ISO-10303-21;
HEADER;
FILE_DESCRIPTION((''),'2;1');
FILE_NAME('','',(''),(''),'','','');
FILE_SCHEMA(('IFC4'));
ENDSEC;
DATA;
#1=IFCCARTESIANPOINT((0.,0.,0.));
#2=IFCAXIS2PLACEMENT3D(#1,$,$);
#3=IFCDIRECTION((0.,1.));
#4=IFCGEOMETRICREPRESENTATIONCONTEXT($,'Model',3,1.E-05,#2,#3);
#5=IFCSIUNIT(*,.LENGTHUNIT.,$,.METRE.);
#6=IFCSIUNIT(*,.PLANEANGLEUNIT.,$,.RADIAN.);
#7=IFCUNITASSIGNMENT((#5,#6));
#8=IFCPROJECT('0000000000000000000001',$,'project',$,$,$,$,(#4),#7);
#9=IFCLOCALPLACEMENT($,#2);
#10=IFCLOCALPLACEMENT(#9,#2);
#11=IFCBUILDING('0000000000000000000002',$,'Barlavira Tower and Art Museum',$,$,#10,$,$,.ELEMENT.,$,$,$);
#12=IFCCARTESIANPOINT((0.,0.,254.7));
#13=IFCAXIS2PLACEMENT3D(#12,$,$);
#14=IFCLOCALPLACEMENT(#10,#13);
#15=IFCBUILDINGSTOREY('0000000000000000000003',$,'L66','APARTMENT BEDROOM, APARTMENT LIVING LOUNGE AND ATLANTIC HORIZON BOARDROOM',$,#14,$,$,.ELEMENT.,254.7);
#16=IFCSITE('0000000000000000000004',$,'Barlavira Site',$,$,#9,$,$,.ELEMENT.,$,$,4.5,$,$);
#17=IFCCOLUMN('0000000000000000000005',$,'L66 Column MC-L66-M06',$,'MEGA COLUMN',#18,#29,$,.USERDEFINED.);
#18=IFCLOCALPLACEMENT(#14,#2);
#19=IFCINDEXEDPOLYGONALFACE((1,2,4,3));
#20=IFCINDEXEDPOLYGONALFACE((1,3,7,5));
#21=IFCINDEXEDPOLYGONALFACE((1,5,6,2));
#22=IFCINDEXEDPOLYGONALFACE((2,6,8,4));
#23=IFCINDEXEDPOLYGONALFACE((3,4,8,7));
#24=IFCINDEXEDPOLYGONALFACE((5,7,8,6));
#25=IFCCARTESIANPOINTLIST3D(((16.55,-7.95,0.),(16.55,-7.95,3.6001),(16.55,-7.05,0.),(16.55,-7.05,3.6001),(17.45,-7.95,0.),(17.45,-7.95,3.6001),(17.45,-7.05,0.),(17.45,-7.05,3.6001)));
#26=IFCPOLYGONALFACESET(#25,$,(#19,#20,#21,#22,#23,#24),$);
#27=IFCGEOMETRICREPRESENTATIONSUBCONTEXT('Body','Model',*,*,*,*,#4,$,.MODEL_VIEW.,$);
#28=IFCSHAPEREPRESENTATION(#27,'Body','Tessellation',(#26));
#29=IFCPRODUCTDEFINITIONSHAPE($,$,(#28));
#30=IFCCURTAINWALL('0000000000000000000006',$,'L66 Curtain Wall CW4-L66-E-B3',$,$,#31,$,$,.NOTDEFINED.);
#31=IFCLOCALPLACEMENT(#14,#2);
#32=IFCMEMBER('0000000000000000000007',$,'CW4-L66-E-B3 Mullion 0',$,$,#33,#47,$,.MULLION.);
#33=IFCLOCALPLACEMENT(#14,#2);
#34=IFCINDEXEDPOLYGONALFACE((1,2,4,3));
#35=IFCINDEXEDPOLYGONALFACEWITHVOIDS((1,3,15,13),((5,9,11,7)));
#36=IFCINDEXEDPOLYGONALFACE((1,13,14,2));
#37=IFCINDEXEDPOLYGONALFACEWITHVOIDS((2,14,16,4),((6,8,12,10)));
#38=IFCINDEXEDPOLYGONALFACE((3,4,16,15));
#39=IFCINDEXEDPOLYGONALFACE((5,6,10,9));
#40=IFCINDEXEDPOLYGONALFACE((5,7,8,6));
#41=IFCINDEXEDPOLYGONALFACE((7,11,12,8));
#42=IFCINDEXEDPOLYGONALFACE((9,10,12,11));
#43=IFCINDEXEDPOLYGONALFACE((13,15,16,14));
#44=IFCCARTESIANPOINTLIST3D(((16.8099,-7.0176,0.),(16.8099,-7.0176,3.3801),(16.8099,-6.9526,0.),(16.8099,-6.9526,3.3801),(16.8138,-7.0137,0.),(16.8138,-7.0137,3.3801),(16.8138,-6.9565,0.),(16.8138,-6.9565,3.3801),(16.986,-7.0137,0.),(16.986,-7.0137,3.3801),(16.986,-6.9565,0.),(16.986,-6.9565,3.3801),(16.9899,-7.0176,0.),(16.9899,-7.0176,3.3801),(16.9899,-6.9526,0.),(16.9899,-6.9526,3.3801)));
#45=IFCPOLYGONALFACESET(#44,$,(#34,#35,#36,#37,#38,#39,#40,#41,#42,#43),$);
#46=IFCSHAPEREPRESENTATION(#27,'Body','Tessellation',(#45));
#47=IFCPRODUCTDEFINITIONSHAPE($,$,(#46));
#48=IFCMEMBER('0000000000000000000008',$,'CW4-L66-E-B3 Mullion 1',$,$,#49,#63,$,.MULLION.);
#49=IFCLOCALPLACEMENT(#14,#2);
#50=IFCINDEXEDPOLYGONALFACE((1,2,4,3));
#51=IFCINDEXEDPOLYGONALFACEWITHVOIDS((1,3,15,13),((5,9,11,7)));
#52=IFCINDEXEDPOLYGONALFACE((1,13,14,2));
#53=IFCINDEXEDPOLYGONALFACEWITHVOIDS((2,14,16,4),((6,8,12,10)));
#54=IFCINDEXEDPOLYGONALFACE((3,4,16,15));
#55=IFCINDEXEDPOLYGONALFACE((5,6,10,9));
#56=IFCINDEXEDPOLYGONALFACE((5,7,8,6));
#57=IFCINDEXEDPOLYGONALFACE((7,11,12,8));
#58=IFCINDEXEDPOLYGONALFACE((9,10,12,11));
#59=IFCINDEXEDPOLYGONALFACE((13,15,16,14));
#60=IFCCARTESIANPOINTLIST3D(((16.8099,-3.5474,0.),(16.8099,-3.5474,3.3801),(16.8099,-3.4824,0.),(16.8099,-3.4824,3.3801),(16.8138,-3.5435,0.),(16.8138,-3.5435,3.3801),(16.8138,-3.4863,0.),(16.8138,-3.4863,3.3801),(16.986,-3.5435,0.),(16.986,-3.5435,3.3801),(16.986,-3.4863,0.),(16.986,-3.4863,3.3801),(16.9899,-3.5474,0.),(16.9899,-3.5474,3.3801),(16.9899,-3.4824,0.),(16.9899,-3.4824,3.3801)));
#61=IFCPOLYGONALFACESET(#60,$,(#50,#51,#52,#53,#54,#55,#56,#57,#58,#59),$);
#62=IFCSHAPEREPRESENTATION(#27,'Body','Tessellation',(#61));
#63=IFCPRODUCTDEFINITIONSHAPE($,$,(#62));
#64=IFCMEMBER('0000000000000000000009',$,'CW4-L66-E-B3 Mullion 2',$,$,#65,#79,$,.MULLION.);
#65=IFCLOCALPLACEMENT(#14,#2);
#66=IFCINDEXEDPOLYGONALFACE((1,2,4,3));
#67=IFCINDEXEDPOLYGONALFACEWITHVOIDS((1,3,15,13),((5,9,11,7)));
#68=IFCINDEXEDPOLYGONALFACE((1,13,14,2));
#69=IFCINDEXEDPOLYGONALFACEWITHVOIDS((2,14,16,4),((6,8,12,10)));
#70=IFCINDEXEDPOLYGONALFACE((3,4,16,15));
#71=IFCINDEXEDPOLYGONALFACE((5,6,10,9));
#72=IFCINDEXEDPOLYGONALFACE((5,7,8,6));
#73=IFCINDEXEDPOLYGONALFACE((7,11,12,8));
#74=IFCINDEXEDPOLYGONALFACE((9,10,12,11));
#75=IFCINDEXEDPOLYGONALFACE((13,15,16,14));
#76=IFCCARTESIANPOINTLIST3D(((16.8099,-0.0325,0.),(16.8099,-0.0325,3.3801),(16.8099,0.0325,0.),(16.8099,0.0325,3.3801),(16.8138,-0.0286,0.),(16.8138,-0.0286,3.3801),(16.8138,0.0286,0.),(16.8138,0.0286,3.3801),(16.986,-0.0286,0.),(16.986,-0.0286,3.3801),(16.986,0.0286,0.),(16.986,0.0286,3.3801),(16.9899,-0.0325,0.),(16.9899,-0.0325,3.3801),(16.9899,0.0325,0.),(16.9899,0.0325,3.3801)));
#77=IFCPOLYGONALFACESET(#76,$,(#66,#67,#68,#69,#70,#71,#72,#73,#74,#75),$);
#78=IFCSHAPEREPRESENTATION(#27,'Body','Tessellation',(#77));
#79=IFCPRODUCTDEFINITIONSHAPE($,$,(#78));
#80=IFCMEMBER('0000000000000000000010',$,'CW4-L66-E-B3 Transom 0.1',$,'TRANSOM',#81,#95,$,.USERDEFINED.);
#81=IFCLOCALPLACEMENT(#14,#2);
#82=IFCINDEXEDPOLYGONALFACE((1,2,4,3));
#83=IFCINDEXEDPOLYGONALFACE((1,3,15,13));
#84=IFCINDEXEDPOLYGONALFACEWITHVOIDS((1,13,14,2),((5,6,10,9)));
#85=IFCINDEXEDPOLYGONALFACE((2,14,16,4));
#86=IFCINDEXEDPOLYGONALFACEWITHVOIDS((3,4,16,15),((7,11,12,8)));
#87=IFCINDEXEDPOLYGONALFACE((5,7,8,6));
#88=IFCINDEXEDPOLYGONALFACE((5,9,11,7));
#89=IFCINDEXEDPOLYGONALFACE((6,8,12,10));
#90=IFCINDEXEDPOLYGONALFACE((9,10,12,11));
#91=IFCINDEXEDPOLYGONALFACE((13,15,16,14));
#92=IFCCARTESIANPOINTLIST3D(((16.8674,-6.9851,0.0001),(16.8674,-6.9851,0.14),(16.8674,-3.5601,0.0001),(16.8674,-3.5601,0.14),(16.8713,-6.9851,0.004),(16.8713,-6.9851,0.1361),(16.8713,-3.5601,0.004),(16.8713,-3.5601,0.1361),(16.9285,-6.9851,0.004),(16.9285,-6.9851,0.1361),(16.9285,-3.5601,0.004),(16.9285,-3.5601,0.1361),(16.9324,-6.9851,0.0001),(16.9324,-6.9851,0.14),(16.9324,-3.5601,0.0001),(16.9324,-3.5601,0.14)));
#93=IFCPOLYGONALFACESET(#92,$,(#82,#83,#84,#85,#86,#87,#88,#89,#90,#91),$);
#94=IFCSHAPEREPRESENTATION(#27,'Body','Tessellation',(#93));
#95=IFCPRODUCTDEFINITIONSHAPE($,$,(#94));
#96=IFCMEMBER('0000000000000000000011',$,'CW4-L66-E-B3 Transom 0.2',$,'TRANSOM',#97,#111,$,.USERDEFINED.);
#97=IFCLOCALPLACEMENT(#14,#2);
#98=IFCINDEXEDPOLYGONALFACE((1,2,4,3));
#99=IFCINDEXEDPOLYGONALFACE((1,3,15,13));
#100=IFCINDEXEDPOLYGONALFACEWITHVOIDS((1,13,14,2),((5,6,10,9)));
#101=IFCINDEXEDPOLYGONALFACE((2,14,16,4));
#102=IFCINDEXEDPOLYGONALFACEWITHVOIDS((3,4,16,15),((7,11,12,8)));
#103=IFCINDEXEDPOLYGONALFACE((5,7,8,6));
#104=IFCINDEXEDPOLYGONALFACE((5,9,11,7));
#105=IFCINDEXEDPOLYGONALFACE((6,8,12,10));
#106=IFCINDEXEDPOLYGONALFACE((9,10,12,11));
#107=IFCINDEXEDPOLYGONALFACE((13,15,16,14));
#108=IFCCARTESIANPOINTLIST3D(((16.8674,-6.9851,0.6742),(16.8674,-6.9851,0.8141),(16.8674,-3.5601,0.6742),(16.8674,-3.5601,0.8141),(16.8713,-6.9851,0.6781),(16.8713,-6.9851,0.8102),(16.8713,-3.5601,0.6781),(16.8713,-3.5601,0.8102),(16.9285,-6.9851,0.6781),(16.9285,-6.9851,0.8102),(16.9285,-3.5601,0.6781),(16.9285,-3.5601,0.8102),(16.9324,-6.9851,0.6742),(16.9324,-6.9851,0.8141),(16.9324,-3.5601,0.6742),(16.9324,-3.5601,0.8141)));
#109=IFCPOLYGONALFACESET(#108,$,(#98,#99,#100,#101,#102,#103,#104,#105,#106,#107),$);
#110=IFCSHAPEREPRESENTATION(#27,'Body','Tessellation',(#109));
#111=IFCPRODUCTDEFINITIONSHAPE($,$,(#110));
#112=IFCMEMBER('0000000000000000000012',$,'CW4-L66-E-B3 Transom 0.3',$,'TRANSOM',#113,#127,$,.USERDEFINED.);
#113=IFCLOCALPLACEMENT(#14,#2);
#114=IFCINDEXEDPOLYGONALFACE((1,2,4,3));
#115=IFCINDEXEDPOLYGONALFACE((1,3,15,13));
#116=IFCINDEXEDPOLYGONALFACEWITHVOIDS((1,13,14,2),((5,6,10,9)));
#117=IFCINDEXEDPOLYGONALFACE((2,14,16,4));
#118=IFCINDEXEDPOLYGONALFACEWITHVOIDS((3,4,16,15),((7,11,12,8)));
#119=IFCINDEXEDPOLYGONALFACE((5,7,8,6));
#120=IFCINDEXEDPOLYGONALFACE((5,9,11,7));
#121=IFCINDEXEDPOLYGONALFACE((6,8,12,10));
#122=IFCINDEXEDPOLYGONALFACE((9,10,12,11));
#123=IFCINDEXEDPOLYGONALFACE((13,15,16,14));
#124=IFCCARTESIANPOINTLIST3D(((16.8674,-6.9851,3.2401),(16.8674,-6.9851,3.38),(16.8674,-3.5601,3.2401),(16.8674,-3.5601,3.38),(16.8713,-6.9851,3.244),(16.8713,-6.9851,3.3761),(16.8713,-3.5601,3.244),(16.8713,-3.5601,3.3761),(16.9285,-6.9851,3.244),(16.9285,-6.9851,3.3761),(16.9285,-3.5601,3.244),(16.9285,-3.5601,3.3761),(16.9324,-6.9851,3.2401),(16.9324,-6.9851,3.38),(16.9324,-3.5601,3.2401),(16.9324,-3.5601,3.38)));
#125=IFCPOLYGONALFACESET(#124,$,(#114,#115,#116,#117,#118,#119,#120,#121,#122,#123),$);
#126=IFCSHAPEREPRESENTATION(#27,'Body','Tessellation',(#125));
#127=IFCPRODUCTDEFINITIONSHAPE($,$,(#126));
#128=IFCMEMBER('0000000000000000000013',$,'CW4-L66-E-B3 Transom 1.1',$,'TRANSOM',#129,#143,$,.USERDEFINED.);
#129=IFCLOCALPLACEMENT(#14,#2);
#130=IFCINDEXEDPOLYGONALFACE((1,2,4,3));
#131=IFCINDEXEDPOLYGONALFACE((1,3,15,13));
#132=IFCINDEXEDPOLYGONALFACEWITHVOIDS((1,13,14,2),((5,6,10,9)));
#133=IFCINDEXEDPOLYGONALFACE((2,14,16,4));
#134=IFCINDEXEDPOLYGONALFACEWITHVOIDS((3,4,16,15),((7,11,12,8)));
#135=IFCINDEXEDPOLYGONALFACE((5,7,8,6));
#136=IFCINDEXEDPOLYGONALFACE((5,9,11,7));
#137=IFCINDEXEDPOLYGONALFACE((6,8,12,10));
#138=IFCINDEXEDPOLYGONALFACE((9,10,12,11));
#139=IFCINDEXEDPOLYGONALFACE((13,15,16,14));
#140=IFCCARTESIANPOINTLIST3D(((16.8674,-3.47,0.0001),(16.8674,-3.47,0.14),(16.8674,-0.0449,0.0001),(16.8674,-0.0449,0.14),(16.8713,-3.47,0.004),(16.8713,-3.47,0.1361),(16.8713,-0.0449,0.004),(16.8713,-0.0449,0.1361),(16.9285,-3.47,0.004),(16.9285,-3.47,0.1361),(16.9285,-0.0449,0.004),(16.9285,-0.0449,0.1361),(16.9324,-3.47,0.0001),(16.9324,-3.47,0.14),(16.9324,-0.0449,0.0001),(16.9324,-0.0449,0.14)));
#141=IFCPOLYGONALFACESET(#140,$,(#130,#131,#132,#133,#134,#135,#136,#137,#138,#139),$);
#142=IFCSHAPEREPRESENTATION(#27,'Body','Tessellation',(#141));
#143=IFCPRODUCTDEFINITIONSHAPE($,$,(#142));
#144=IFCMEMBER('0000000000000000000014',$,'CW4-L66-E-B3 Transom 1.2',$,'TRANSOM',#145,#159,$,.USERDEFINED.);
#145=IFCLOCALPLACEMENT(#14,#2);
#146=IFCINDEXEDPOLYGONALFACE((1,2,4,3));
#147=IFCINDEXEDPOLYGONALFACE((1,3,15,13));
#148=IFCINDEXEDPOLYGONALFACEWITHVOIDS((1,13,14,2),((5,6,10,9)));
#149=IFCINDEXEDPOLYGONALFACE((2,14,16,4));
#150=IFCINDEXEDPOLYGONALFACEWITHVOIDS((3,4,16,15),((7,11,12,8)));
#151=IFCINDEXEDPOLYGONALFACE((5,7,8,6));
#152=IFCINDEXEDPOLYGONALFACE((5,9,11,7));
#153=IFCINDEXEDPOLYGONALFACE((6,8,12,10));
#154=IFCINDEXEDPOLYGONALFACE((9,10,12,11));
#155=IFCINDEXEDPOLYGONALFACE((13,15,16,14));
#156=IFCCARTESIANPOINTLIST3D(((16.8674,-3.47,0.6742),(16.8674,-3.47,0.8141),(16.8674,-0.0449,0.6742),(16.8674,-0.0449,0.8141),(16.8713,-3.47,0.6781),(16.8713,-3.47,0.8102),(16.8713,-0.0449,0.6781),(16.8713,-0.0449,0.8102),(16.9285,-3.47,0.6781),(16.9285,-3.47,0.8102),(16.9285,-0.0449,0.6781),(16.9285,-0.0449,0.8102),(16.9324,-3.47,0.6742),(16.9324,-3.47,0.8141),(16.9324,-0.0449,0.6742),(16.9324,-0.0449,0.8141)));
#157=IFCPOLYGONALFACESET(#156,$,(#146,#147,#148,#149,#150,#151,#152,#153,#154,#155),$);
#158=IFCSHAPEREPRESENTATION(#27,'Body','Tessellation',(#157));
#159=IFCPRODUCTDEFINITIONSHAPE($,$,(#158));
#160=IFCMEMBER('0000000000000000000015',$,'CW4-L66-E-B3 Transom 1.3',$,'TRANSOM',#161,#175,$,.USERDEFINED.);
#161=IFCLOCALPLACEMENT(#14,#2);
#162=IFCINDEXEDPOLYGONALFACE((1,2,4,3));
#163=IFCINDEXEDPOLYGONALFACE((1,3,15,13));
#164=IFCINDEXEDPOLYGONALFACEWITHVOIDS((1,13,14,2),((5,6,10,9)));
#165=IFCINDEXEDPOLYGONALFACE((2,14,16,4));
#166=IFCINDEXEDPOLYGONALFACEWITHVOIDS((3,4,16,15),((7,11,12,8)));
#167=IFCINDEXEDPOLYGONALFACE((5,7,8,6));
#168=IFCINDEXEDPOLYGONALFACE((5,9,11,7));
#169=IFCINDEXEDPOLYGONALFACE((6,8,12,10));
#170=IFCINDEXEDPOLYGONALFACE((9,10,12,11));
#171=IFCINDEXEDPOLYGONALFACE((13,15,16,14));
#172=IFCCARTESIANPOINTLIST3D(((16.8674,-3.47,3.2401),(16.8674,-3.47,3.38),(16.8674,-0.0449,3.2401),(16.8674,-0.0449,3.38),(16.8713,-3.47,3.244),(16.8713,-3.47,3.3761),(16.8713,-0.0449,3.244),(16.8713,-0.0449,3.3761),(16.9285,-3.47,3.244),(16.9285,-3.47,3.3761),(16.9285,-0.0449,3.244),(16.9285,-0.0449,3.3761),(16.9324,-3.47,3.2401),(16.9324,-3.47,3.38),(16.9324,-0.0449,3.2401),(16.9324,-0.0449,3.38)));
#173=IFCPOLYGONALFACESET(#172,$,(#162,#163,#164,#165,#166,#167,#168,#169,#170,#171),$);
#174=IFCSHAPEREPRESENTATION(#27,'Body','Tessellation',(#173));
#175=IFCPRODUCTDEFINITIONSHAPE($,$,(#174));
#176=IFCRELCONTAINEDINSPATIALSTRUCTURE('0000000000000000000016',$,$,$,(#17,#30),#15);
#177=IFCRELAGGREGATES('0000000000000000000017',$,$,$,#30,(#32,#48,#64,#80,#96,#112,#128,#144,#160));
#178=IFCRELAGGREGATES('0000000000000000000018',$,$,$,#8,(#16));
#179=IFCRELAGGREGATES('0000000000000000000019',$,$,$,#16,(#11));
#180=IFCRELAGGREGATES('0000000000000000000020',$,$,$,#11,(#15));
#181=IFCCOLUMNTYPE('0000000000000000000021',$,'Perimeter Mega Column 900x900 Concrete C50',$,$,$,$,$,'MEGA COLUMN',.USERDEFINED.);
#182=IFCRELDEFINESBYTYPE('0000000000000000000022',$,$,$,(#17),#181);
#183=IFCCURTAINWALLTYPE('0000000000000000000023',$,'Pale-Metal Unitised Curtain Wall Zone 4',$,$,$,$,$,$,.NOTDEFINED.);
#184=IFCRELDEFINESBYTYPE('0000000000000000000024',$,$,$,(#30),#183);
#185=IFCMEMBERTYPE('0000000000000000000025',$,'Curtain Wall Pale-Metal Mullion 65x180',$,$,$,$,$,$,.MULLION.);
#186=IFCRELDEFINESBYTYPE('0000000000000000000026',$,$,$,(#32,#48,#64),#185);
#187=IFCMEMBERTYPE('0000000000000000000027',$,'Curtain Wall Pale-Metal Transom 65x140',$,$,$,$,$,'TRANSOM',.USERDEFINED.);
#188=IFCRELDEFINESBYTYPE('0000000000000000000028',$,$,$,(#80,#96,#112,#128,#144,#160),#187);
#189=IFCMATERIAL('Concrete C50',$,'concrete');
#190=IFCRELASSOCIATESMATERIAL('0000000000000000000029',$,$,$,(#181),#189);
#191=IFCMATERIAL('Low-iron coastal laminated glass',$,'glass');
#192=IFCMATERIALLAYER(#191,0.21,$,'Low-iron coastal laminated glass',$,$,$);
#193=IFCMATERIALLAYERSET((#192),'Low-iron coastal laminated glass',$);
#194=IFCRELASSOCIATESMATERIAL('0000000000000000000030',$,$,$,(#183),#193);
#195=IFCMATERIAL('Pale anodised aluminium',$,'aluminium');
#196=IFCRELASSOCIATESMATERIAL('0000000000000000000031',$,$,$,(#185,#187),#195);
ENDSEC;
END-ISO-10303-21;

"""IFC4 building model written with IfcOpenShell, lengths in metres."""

from ifc_helpers import new_model, si_unit, direction, frame, origin, origin_2d, place, context, subcontext, project, spatial, rectangle, hollow_rectangle, extrude, material, layer, layer_set, material_profile, profile_set, type_object, element, aggregate, save


model = new_model("IFC4")

# Units and contexts
model_context = context("Model", 3, precision=1e-05, world=origin(), true_north=direction((0.0, 1.0)))
body_context = subcontext(model_context, "Body", "Model", "MODEL_VIEW")
ifc_project = project(units=[si_unit("LENGTHUNIT", "METRE"), si_unit("PLANEANGLEUNIT", "RADIAN")], contexts=[model_context])

# Site, building, storey
site_placement = place(None, origin())
site = spatial("IfcSite", under=ifc_project, at=site_placement, Name="Barlavira Site", CompositionType="ELEMENT", RefElevation=4.5)
building_placement = place(site_placement, origin())
building = spatial("IfcBuilding", under=site, at=building_placement, Name="Barlavira Tower and Art Museum", CompositionType="ELEMENT")
storey_placement = place(building_placement, frame((0.0, 0.0, 254.7)))
storey = spatial("IfcBuildingStorey", under=building, at=storey_placement, Name="L66", Description="APARTMENT BEDROOM, APARTMENT LIVING LOUNGE AND ATLANTIC HORIZON BOARDROOM", CompositionType="ELEMENT", Elevation=254.7)

# Column
ifc_material_1 = material(Name="Concrete C50", Category="concrete")
ifc_material_profile_1 = material_profile(ifc_material_1, rectangle(XDim=0.8999, YDim=0.8999, at=origin_2d()), Name="RC-COL 900x900")
ifc_profile_set_1 = profile_set([ifc_material_profile_1], Name="Concrete C50")
column_type = type_object("IfcColumnType", Name="Perimeter Mega Column 900x900 Concrete C50", ElementType="MEGA COLUMN", PredefinedType="USERDEFINED", material=ifc_profile_set_1)
column_placement = place(storey_placement, frame((17.0, -7.5, 0.0), z_axis=(0.0, 0.0, 1.0), x_axis=(1.0, 0.0, 0.0)))
element("IfcColumn", 1, at=column_placement, inside=storey, type_object=column_type, Name="L66 Column MC-L66-M06", ObjectType="MEGA COLUMN", PredefinedType="USERDEFINED", context=body_context, shape_type="SweptSolid", body=[
    extrude(rectangle(XDim=0.8999, YDim=0.8999, at=origin_2d()), origin(), (0.0, 0.0, 1.0), 3.6001),
])

# Curtain wall, members
ifc_material_2 = material(Name="Low-iron coastal laminated glass", Category="glass")
ifc_layer_1 = layer(ifc_material_2, 0.21, Name="Low-iron coastal laminated glass")
ifc_layer_set_1 = layer_set([ifc_layer_1], Name="Low-iron coastal laminated glass")
curtain_wall_type = type_object("IfcCurtainWallType", Name="Pale-Metal Unitised Curtain Wall Zone 4", PredefinedType="NOTDEFINED", material=ifc_layer_set_1)
curtain_wall_placement = place(storey_placement, origin())
curtain_wall = element("IfcCurtainWall", 2, at=curtain_wall_placement, inside=storey, type_object=curtain_wall_type, Name="L66 Curtain Wall CW4-L66-E-B3", PredefinedType="NOTDEFINED")
ifc_material_3 = material(Name="Pale anodised aluminium", Category="aluminium")
ifc_material_profile_2 = material_profile(ifc_material_3, hollow_rectangle(XDim=0.0649, YDim=0.1799, WallThickness=0.0039, at=origin_2d()), Name="ALU-MULL 65x180x4")
ifc_profile_set_2 = profile_set([ifc_material_profile_2], Name="Pale anodised aluminium")
member_type_1 = type_object("IfcMemberType", Name="Curtain Wall Pale-Metal Mullion 65x180", PredefinedType="MULLION", material=ifc_profile_set_2)
member_1_placement = place(storey_placement, frame((16.8999, -6.9851, 0.0), z_axis=(0.0, 0.0, 1.0), x_axis=(0.0, 1.0, 0.0)))
member_1 = element("IfcMember", 3, at=member_1_placement, type_object=member_type_1, Name="CW4-L66-E-B3 Mullion 0", PredefinedType="MULLION", context=body_context, shape_type="SweptSolid", body=[
    extrude(hollow_rectangle(XDim=0.0649, YDim=0.1799, WallThickness=0.0039, at=origin_2d()), origin(), (0.0, 0.0, 1.0), 3.3801),
])
member_2_placement = place(storey_placement, frame((16.8999, -3.5149, 0.0), z_axis=(0.0, 0.0, 1.0), x_axis=(0.0, 1.0, 0.0)))
member_2 = element("IfcMember", 4, at=member_2_placement, type_object=member_type_1, Name="CW4-L66-E-B3 Mullion 1", PredefinedType="MULLION", context=body_context, shape_type="SweptSolid", body=[
    extrude(hollow_rectangle(XDim=0.0649, YDim=0.1799, WallThickness=0.0039, at=origin_2d()), origin(), (0.0, 0.0, 1.0), 3.3801),
])
member_3_placement = place(storey_placement, frame((16.8999, 0.0, 0.0), z_axis=(0.0, 0.0, 1.0), x_axis=(0.0, 1.0, 0.0)))
member_3 = element("IfcMember", 5, at=member_3_placement, type_object=member_type_1, Name="CW4-L66-E-B3 Mullion 2", PredefinedType="MULLION", context=body_context, shape_type="SweptSolid", body=[
    extrude(hollow_rectangle(XDim=0.0649, YDim=0.1799, WallThickness=0.0039, at=origin_2d()), origin(), (0.0, 0.0, 1.0), 3.3801),
])
ifc_material_profile_3 = material_profile(ifc_material_3, hollow_rectangle(XDim=0.0649, YDim=0.1399, WallThickness=0.0039, at=origin_2d()), Name="ALU-TRAN 65x140x4")
ifc_profile_set_3 = profile_set([ifc_material_profile_3], Name="Pale anodised aluminium")
member_type_2 = type_object("IfcMemberType", Name="Curtain Wall Pale-Metal Transom 65x140", ElementType="TRANSOM", PredefinedType="USERDEFINED", material=ifc_profile_set_3)
member_4_placement = place(storey_placement, frame((16.8999, -6.9851, 0.0701), z_axis=(0.0, 1.0, 0.0), x_axis=(-1.0, 0.0, 0.0)))
member_4 = element("IfcMember", 6, at=member_4_placement, type_object=member_type_2, Name="CW4-L66-E-B3 Transom 0.1", ObjectType="TRANSOM", PredefinedType="USERDEFINED", context=body_context, shape_type="SweptSolid", body=[
    extrude(hollow_rectangle(XDim=0.0649, YDim=0.1399, WallThickness=0.0039, at=origin_2d()), origin(), (0.0, 0.0, 1.0), 3.425),
])
member_5_placement = place(storey_placement, frame((16.8999, -6.9851, 0.7441), z_axis=(0.0, 1.0, 0.0), x_axis=(-1.0, 0.0, 0.0)))
member_5 = element("IfcMember", 7, at=member_5_placement, type_object=member_type_2, Name="CW4-L66-E-B3 Transom 0.2", ObjectType="TRANSOM", PredefinedType="USERDEFINED", context=body_context, shape_type="SweptSolid", body=[
    extrude(hollow_rectangle(XDim=0.0649, YDim=0.1399, WallThickness=0.0039, at=origin_2d()), origin(), (0.0, 0.0, 1.0), 3.425),
])
member_6_placement = place(storey_placement, frame((16.8999, -6.9851, 3.3101), z_axis=(0.0, 1.0, 0.0), x_axis=(-1.0, 0.0, 0.0)))
member_6 = element("IfcMember", 8, at=member_6_placement, type_object=member_type_2, Name="CW4-L66-E-B3 Transom 0.3", ObjectType="TRANSOM", PredefinedType="USERDEFINED", context=body_context, shape_type="SweptSolid", body=[
    extrude(hollow_rectangle(XDim=0.0649, YDim=0.1399, WallThickness=0.0039, at=origin_2d()), origin(), (0.0, 0.0, 1.0), 3.425),
])
member_7_placement = place(storey_placement, frame((16.8999, -3.47, 0.0701), z_axis=(0.0, 1.0, 0.0), x_axis=(-1.0, 0.0, 0.0)))
member_7 = element("IfcMember", 9, at=member_7_placement, type_object=member_type_2, Name="CW4-L66-E-B3 Transom 1.1", ObjectType="TRANSOM", PredefinedType="USERDEFINED", context=body_context, shape_type="SweptSolid", body=[
    extrude(hollow_rectangle(XDim=0.0649, YDim=0.1399, WallThickness=0.0039, at=origin_2d()), origin(), (0.0, 0.0, 1.0), 3.425),
])
member_8_placement = place(storey_placement, frame((16.8999, -3.47, 0.7441), z_axis=(0.0, 1.0, 0.0), x_axis=(-1.0, 0.0, 0.0)))
member_8 = element("IfcMember", 10, at=member_8_placement, type_object=member_type_2, Name="CW4-L66-E-B3 Transom 1.2", ObjectType="TRANSOM", PredefinedType="USERDEFINED", context=body_context, shape_type="SweptSolid", body=[
    extrude(hollow_rectangle(XDim=0.0649, YDim=0.1399, WallThickness=0.0039, at=origin_2d()), origin(), (0.0, 0.0, 1.0), 3.425),
])
member_9_placement = place(storey_placement, frame((16.8999, -3.47, 3.3101), z_axis=(0.0, 1.0, 0.0), x_axis=(-1.0, 0.0, 0.0)))
member_9 = element("IfcMember", 11, at=member_9_placement, type_object=member_type_2, Name="CW4-L66-E-B3 Transom 1.3", ObjectType="TRANSOM", PredefinedType="USERDEFINED", context=body_context, shape_type="SweptSolid", body=[
    extrude(hollow_rectangle(XDim=0.0649, YDim=0.1399, WallThickness=0.0039, at=origin_2d()), origin(), (0.0, 0.0, 1.0), 3.425),
])

aggregate(curtain_wall, [member_1, member_2, member_3, member_4, member_5, member_6, member_7, member_8, member_9])

save(model, "model.ifc")
